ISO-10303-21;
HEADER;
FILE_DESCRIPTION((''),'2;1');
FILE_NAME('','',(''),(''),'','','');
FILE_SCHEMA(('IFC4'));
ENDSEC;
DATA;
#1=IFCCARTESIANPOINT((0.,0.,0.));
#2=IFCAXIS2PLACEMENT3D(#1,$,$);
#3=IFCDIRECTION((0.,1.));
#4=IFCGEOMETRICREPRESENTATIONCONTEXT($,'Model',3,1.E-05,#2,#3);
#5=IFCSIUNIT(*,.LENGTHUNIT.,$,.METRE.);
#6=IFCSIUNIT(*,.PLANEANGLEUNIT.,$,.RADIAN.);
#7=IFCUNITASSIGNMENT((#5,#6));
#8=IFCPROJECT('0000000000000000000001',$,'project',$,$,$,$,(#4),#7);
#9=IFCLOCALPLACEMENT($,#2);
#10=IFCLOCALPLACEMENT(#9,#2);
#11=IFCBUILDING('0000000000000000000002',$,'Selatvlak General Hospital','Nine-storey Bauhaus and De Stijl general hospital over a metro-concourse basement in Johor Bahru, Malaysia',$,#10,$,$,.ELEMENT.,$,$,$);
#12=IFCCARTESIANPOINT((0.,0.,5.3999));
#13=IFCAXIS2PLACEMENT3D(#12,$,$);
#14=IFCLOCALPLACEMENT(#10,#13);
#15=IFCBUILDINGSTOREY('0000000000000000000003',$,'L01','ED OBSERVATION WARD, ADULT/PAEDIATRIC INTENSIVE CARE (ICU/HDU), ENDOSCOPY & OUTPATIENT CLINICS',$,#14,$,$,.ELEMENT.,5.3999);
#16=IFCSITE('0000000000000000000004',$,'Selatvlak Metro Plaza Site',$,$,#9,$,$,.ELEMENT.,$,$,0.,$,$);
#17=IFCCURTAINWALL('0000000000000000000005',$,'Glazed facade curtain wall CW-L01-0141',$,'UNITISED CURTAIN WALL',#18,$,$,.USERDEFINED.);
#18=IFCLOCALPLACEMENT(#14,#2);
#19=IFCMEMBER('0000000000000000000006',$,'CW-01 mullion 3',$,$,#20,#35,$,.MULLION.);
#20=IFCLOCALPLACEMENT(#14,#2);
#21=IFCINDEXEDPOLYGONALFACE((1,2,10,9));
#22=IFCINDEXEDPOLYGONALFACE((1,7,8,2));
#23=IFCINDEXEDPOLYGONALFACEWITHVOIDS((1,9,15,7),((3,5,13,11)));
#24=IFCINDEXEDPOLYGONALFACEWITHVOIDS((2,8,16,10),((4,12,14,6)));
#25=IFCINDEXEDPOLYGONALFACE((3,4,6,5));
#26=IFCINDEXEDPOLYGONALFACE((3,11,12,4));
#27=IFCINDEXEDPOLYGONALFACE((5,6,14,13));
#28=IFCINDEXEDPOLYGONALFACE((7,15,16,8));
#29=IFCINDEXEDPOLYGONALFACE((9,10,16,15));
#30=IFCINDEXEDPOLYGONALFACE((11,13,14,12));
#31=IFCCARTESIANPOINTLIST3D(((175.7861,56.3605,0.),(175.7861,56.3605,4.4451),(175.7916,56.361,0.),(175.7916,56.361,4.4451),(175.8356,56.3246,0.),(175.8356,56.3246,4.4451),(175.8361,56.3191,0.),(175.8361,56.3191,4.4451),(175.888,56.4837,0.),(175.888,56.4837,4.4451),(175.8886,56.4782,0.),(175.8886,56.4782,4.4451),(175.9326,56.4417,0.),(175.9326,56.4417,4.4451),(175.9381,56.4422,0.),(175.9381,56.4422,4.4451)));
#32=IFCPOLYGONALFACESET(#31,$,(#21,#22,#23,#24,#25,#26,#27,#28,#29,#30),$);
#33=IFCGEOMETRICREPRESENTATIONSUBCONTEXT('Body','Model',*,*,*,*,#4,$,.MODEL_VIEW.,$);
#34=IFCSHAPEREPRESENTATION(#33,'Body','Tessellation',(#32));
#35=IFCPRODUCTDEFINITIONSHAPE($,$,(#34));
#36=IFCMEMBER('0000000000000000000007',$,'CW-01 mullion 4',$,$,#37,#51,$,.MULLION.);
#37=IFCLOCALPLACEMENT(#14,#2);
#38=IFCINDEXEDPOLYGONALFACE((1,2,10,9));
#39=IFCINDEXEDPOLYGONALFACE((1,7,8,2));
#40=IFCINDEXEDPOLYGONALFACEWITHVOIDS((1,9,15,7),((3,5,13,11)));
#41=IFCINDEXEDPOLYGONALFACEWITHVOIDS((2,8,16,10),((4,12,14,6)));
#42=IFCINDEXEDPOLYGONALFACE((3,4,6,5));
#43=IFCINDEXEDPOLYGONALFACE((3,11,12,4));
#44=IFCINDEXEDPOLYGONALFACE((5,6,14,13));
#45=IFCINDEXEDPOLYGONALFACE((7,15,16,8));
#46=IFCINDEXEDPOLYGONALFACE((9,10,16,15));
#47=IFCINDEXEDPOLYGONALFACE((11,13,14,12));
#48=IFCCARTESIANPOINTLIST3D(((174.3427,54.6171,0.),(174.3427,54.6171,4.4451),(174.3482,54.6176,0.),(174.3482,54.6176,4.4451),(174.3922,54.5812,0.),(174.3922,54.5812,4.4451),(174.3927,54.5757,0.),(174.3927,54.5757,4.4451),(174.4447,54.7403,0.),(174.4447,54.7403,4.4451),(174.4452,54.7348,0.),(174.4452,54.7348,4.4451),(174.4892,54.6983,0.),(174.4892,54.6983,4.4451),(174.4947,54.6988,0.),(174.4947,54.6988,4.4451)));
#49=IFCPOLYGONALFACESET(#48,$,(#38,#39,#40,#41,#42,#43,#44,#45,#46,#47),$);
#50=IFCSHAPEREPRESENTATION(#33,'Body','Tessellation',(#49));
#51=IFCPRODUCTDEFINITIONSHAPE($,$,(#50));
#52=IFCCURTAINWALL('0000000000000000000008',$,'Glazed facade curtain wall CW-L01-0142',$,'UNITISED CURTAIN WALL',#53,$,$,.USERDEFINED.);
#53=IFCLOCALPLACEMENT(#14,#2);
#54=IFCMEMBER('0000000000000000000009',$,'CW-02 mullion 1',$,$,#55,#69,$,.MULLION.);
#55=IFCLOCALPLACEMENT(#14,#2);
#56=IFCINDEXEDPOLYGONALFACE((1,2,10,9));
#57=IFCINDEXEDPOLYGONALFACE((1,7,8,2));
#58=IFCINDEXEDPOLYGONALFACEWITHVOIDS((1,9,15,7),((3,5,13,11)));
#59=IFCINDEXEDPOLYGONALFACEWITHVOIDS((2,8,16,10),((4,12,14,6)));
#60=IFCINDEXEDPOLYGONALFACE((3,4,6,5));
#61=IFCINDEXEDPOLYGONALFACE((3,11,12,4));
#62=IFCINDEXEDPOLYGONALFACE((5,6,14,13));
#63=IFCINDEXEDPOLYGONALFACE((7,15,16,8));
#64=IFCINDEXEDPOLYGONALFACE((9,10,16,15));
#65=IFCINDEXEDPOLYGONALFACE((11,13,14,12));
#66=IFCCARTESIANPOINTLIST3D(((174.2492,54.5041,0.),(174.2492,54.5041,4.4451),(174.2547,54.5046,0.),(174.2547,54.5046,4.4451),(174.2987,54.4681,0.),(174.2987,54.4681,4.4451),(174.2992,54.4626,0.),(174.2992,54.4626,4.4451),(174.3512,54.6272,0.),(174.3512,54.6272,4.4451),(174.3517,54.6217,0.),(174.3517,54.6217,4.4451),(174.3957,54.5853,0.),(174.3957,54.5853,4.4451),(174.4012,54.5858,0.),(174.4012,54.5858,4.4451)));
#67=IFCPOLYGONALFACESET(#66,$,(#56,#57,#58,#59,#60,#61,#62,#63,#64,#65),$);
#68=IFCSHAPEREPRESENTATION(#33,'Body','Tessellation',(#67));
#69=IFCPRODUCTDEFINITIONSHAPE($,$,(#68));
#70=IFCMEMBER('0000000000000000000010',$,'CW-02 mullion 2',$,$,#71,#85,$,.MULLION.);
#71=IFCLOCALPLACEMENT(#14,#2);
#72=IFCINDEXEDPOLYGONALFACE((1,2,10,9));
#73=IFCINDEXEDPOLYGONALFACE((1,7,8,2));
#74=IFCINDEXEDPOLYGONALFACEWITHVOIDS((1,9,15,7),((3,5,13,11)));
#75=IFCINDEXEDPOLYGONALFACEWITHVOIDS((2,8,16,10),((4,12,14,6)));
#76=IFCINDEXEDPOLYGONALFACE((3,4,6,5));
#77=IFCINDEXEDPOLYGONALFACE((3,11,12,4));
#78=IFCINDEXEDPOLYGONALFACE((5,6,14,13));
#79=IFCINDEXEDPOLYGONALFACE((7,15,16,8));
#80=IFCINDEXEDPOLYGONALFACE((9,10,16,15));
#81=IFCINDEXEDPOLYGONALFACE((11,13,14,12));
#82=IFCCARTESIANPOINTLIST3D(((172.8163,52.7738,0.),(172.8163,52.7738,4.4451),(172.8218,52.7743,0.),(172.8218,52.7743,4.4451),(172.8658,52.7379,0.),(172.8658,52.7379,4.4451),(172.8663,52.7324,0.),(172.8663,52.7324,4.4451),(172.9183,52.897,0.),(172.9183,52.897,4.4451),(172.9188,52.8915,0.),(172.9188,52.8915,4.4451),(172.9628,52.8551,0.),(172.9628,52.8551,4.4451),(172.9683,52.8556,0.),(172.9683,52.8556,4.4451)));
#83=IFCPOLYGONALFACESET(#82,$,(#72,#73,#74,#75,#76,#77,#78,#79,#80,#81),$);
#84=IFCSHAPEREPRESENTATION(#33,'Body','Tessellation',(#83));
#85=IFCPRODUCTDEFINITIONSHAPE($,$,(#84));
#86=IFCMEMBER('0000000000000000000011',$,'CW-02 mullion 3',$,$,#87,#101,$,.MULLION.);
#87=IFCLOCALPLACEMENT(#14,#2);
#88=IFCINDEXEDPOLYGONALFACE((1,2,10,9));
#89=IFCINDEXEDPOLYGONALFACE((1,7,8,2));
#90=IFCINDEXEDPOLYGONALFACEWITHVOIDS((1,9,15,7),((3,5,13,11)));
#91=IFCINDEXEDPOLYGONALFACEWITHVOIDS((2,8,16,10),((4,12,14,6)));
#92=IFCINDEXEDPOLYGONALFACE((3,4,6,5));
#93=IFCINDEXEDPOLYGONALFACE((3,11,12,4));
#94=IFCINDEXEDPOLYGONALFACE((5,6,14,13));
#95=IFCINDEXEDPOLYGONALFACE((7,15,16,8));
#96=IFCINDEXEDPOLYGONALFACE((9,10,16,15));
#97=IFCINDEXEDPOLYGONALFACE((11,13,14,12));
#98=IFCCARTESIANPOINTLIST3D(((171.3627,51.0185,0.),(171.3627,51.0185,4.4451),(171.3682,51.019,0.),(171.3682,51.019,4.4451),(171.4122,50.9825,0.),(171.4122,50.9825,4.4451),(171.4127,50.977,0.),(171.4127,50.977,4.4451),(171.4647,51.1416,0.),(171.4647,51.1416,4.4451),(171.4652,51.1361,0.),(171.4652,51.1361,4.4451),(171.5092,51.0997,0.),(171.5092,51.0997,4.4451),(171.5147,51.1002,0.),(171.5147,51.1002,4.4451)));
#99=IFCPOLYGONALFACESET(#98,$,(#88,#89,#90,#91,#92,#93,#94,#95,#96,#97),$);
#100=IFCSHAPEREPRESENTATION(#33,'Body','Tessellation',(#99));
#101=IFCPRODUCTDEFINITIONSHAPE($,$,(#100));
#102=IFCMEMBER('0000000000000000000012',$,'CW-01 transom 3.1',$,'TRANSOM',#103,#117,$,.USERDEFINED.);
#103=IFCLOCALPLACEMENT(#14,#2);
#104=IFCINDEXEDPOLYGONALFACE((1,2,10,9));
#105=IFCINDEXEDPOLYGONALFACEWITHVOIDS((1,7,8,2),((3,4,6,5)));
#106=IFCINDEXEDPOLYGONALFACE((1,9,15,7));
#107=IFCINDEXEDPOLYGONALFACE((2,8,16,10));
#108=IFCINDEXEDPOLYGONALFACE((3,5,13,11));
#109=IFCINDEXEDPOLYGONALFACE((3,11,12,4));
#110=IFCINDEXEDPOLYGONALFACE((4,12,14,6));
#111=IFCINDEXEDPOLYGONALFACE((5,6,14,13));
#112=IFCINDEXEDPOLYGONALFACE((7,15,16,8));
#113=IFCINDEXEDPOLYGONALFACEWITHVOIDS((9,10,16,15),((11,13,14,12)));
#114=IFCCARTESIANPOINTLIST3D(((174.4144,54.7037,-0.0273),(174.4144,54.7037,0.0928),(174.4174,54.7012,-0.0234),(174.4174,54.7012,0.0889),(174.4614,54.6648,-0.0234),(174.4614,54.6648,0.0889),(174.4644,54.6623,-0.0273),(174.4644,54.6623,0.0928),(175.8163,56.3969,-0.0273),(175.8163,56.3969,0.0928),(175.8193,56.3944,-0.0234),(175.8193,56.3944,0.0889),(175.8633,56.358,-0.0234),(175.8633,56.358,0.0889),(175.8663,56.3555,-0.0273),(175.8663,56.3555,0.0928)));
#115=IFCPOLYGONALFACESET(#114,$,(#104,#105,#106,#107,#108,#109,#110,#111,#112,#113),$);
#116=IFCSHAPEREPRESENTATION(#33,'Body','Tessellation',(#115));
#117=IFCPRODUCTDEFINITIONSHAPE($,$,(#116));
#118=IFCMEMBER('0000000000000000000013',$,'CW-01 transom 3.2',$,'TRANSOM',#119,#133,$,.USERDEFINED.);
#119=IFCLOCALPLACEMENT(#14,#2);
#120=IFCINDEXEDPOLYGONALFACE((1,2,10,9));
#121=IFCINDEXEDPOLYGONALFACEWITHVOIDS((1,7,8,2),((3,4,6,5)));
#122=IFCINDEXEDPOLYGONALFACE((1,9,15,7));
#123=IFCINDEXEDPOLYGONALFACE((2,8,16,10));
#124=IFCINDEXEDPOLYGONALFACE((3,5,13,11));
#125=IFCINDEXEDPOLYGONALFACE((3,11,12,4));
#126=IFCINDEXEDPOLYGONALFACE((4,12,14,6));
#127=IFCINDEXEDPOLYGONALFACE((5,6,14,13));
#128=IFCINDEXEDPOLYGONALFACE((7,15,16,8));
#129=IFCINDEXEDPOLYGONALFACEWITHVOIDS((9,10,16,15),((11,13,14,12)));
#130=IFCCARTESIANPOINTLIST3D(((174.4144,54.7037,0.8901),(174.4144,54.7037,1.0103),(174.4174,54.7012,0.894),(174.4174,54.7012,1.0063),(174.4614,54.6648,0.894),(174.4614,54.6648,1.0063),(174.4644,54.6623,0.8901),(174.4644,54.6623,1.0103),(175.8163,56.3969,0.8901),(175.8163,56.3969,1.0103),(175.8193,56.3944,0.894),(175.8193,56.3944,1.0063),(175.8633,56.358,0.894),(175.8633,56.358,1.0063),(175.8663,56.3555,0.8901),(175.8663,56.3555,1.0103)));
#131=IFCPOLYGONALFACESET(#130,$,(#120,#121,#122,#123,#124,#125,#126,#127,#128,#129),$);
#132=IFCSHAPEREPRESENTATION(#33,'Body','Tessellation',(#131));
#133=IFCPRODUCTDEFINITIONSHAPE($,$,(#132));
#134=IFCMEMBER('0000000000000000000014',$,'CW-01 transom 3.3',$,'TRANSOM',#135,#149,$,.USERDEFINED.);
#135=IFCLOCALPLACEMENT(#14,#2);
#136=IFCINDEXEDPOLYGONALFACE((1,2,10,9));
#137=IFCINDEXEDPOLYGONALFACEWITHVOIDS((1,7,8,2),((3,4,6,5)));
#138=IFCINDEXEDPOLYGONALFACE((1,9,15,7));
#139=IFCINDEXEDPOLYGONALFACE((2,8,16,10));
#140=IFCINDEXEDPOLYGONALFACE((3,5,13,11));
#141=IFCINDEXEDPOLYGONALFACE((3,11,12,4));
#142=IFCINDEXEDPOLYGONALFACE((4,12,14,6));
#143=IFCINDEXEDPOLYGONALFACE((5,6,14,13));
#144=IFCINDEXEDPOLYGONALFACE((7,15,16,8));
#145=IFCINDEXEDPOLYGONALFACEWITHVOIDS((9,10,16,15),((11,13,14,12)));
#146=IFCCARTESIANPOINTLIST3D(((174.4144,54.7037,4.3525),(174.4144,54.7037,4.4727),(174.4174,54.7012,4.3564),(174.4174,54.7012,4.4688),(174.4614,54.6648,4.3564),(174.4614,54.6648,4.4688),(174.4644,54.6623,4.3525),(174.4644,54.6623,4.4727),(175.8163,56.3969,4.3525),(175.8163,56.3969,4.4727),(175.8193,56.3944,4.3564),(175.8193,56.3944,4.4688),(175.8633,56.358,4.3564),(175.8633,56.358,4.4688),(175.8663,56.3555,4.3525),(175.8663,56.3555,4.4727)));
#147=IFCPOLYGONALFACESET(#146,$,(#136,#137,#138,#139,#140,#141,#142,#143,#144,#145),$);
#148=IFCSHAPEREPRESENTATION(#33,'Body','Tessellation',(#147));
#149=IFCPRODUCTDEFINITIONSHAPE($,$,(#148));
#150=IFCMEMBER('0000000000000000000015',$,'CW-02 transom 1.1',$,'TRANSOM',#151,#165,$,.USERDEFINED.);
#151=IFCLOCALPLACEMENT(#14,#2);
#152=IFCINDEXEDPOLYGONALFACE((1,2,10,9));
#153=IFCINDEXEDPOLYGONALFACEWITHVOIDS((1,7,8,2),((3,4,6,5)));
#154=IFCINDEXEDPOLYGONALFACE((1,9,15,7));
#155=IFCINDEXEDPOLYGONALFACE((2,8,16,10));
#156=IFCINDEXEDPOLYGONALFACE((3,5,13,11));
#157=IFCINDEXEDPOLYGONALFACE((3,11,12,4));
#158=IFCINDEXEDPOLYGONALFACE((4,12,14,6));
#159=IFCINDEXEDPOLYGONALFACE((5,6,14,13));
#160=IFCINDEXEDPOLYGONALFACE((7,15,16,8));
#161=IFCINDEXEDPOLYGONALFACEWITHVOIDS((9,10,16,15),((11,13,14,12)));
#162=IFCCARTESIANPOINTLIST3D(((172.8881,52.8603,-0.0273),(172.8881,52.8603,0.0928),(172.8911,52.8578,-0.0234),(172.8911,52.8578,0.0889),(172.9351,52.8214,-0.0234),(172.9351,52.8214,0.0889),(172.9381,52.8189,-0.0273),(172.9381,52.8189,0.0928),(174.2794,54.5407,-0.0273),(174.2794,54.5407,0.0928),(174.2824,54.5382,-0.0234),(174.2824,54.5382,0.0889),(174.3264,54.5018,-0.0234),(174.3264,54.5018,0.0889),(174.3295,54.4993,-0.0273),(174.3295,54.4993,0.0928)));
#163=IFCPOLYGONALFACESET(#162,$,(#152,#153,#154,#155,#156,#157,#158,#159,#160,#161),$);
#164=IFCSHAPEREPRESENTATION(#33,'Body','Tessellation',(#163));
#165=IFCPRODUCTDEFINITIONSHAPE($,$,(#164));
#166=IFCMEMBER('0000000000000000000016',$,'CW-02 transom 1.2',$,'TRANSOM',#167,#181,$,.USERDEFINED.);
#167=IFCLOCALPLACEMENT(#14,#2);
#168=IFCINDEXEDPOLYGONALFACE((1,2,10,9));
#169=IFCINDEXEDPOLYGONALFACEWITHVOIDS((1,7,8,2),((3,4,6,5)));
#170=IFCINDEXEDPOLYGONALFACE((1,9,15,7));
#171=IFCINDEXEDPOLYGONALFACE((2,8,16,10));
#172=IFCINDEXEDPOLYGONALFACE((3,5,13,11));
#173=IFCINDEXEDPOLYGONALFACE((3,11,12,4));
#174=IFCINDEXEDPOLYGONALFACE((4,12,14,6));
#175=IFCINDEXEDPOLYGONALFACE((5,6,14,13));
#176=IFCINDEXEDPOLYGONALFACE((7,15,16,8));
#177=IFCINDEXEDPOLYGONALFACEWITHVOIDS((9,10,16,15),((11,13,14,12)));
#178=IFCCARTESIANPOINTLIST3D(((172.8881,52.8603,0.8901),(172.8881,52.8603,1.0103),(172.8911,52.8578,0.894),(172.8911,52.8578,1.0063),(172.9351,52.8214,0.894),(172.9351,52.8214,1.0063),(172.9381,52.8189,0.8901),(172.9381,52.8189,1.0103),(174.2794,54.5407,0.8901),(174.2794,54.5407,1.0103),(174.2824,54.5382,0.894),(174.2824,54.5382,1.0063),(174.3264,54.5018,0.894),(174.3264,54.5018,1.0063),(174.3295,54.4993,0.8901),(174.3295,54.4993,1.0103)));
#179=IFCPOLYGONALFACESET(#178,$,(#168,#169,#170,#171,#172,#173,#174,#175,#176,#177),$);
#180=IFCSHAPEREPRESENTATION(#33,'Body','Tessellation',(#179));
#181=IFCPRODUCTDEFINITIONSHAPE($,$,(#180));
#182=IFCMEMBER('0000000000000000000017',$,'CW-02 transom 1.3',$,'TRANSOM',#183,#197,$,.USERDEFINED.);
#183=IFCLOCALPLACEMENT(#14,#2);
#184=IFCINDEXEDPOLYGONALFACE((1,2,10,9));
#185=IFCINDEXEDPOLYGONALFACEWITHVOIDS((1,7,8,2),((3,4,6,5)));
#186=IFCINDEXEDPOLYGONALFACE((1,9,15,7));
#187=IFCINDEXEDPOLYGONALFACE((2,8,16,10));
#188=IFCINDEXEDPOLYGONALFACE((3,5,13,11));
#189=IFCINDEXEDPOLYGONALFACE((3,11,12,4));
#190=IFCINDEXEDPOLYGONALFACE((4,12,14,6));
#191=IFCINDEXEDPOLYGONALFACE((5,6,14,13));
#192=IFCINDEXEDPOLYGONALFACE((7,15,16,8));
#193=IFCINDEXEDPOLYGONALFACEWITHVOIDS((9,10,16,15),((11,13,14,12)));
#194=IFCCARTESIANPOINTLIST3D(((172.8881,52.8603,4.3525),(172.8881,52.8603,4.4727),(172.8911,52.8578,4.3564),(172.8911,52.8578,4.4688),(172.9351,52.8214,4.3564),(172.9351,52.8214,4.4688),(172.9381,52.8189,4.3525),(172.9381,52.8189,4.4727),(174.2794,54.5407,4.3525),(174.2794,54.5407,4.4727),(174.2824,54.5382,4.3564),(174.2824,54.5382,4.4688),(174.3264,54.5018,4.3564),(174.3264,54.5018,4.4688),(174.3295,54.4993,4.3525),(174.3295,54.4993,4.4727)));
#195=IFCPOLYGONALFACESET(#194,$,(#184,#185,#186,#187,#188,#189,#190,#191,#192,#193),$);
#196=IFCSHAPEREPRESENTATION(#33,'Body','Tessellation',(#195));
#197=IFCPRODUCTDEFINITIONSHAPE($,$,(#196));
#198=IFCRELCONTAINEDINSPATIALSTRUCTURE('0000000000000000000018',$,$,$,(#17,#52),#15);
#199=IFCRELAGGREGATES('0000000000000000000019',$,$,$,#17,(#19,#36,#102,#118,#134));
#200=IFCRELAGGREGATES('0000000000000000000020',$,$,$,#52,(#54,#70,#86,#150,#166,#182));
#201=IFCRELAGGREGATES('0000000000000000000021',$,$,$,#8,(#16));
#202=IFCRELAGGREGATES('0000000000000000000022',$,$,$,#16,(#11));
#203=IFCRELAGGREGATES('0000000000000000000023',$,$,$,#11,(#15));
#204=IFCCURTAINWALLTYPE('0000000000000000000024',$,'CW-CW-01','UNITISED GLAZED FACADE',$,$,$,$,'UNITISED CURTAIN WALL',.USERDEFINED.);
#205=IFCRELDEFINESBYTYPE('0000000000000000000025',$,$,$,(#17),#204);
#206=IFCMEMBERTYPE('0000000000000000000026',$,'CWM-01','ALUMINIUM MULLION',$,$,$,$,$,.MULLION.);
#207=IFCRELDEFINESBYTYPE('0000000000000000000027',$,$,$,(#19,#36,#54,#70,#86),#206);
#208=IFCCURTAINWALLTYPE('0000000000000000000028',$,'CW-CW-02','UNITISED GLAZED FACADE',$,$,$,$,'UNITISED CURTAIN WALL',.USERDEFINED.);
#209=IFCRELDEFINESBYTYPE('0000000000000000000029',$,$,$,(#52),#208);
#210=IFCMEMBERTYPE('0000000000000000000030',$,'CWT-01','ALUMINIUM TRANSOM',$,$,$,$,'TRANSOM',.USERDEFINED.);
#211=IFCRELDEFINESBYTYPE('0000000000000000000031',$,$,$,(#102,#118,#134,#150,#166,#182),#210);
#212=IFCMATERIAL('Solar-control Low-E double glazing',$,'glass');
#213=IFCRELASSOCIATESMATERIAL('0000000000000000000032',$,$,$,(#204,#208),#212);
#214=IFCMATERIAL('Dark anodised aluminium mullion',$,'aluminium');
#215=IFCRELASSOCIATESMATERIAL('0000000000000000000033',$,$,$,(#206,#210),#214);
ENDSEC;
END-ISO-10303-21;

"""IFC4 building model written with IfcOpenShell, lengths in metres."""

from ifc_helpers import new_model, si_unit, direction, frame, origin, origin_2d, place, context, subcontext, project, spatial, hollow_rectangle, extrude, material, material_profile, profile_set, type_object, element, aggregate, save


model = new_model("IFC4")

# Units and contexts
model_context = context("Model", 3, precision=1e-05, world=origin(), true_north=direction((0.0, 1.0)))
body_context = subcontext(model_context, "Body", "Model", "MODEL_VIEW")
ifc_project = project(units=[si_unit("LENGTHUNIT", "METRE"), si_unit("PLANEANGLEUNIT", "RADIAN")], contexts=[model_context])

# Site, building, storey
site_placement = place(None, origin())
site = spatial("IfcSite", under=ifc_project, at=site_placement, Name="Selatvlak Metro Plaza Site", CompositionType="ELEMENT", RefElevation=0.0)
building_placement = place(site_placement, origin())
building = spatial("IfcBuilding", under=site, at=building_placement, Name="Selatvlak General Hospital", Description="Nine-storey Bauhaus and De Stijl general hospital over a metro-concourse basement in Johor Bahru, Malaysia", CompositionType="ELEMENT")
storey_placement = place(building_placement, frame((0.0, 0.0, 5.3999)))
storey = spatial("IfcBuildingStorey", under=building, at=storey_placement, Name="L01", Description="ED OBSERVATION WARD, ADULT/PAEDIATRIC INTENSIVE CARE (ICU/HDU), ENDOSCOPY & OUTPATIENT CLINICS", CompositionType="ELEMENT", Elevation=5.3999)

# Curtain walls, members
ifc_material_1 = material(Name="Solar-control Low-E double glazing", Category="glass")
curtain_wall_type_1 = type_object("IfcCurtainWallType", Name="CW-CW-01", Description="UNITISED GLAZED FACADE", ElementType="UNITISED CURTAIN WALL", PredefinedType="USERDEFINED", material=ifc_material_1)
curtain_wall_1_placement = place(storey_placement, origin())
curtain_wall_1 = element("IfcCurtainWall", 1, at=curtain_wall_1_placement, inside=storey, type_object=curtain_wall_type_1, Name="Glazed facade curtain wall CW-L01-0141", ObjectType="UNITISED CURTAIN WALL", PredefinedType="USERDEFINED")
ifc_material_2 = material(Name="Dark anodised aluminium mullion", Category="aluminium")
ifc_material_profile_1 = material_profile(ifc_material_2, hollow_rectangle(XDim=0.0649, YDim=0.1599, WallThickness=0.0039, at=origin_2d()), Name="AL-MUL 65x160x4")
ifc_profile_set_1 = profile_set([ifc_material_profile_1], Name="Dark anodised aluminium mullion")
member_type_1 = type_object("IfcMemberType", Name="CWM-01", Description="ALUMINIUM MULLION", PredefinedType="MULLION", material=ifc_profile_set_1)
member_1_placement = place(storey_placement, frame((175.8621, 56.4014, 0.0), z_axis=(0.0, 0.0, 1.0), x_axis=(0.770276, -0.63771, 0.0)))
member_1 = element("IfcMember", 2, at=member_1_placement, type_object=member_type_1, Name="CW-01 mullion 3", PredefinedType="MULLION", context=body_context, shape_type="SweptSolid", body=[
    extrude(hollow_rectangle(XDim=0.0649, YDim=0.1599, WallThickness=0.0039, at=origin_2d()), origin(), (0.0, 0.0, 1.0), 4.4451),
])
member_2_placement = place(storey_placement, frame((174.4187, 54.658, 0.0), z_axis=(0.0, 0.0, 1.0), x_axis=(0.770276, -0.63771, 0.0)))
member_2 = element("IfcMember", 3, at=member_2_placement, type_object=member_type_1, Name="CW-01 mullion 4", PredefinedType="MULLION", context=body_context, shape_type="SweptSolid", body=[
    extrude(hollow_rectangle(XDim=0.0649, YDim=0.1599, WallThickness=0.0039, at=origin_2d()), origin(), (0.0, 0.0, 1.0), 4.4451),
])
curtain_wall_type_2 = type_object("IfcCurtainWallType", Name="CW-CW-02", Description="UNITISED GLAZED FACADE", ElementType="UNITISED CURTAIN WALL", PredefinedType="USERDEFINED", material=ifc_material_1)
curtain_wall_2_placement = place(storey_placement, origin())
curtain_wall_2 = element("IfcCurtainWall", 4, at=curtain_wall_2_placement, inside=storey, type_object=curtain_wall_type_2, Name="Glazed facade curtain wall CW-L01-0142", ObjectType="UNITISED CURTAIN WALL", PredefinedType="USERDEFINED")
member_3_placement = place(storey_placement, frame((174.3252, 54.5449, 0.0), z_axis=(0.0, 0.0, 1.0), x_axis=(0.770184, -0.637822, 0.0)))
member_3 = element("IfcMember", 5, at=member_3_placement, type_object=member_type_1, Name="CW-02 mullion 1", PredefinedType="MULLION", context=body_context, shape_type="SweptSolid", body=[
    extrude(hollow_rectangle(XDim=0.0649, YDim=0.1599, WallThickness=0.0039, at=origin_2d()), origin(), (0.0, 0.0, 1.0), 4.4451),
])
member_4_placement = place(storey_placement, frame((172.8923, 52.8147, 0.0), z_axis=(0.0, 0.0, 1.0), x_axis=(0.770184, -0.637822, 0.0)))
member_4 = element("IfcMember", 6, at=member_4_placement, type_object=member_type_1, Name="CW-02 mullion 2", PredefinedType="MULLION", context=body_context, shape_type="SweptSolid", body=[
    extrude(hollow_rectangle(XDim=0.0649, YDim=0.1599, WallThickness=0.0039, at=origin_2d()), origin(), (0.0, 0.0, 1.0), 4.4451),
])
member_5_placement = place(storey_placement, frame((171.4387, 51.0593, 0.0), z_axis=(0.0, 0.0, 1.0), x_axis=(0.770184, -0.637822, 0.0)))
member_5 = element("IfcMember", 7, at=member_5_placement, type_object=member_type_1, Name="CW-02 mullion 3", PredefinedType="MULLION", context=body_context, shape_type="SweptSolid", body=[
    extrude(hollow_rectangle(XDim=0.0649, YDim=0.1599, WallThickness=0.0039, at=origin_2d()), origin(), (0.0, 0.0, 1.0), 4.4451),
])

# Members
ifc_material_profile_2 = material_profile(ifc_material_2, hollow_rectangle(XDim=0.0649, YDim=0.1201, WallThickness=0.0039, at=origin_2d()), Name="AL-TRN 65x120x4")
ifc_profile_set_2 = profile_set([ifc_material_profile_2], Name="Dark anodised aluminium mullion")
member_type_2 = type_object("IfcMemberType", Name="CWT-01", Description="ALUMINIUM TRANSOM", ElementType="TRANSOM", PredefinedType="USERDEFINED", material=ifc_profile_set_2)
member_6_placement = place(storey_placement, frame((175.8413, 56.3762, 0.0327), z_axis=(-0.637745, -0.770248, 0.0), x_axis=(0.770248, -0.637745, 0.0)))
member_6 = element("IfcMember", 8, at=member_6_placement, type_object=member_type_2, Name="CW-01 transom 3.1", ObjectType="TRANSOM", PredefinedType="USERDEFINED", context=body_context, shape_type="SweptSolid", body=[
    extrude(hollow_rectangle(XDim=0.0649, YDim=0.1201, WallThickness=0.0039, at=origin_2d()), origin(), (0.0, 0.0, 1.0), 2.1982),
])
member_7_placement = place(storey_placement, frame((175.8413, 56.3762, 0.9502), z_axis=(-0.637745, -0.770248, 0.0), x_axis=(0.770248, -0.637745, 0.0)))
member_7 = element("IfcMember", 9, at=member_7_placement, type_object=member_type_2, Name="CW-01 transom 3.2", ObjectType="TRANSOM", PredefinedType="USERDEFINED", context=body_context, shape_type="SweptSolid", body=[
    extrude(hollow_rectangle(XDim=0.0649, YDim=0.1201, WallThickness=0.0039, at=origin_2d()), origin(), (0.0, 0.0, 1.0), 2.1982),
])
member_8_placement = place(storey_placement, frame((175.8413, 56.3762, 4.4126), z_axis=(-0.637745, -0.770248, 0.0), x_axis=(0.770248, -0.637745, 0.0)))
member_8 = element("IfcMember", 10, at=member_8_placement, type_object=member_type_2, Name="CW-01 transom 3.3", ObjectType="TRANSOM", PredefinedType="USERDEFINED", context=body_context, shape_type="SweptSolid", body=[
    extrude(hollow_rectangle(XDim=0.0649, YDim=0.1201, WallThickness=0.0039, at=origin_2d()), origin(), (0.0, 0.0, 1.0), 2.1982),
])
member_9_placement = place(storey_placement, frame((174.3044, 54.52, 0.0327), z_axis=(-0.637749, -0.770245, 0.0), x_axis=(0.770245, -0.637749, 0.0)))
member_9 = element("IfcMember", 11, at=member_9_placement, type_object=member_type_2, Name="CW-02 transom 1.1", ObjectType="TRANSOM", PredefinedType="USERDEFINED", context=body_context, shape_type="SweptSolid", body=[
    extrude(hollow_rectangle(XDim=0.0649, YDim=0.1201, WallThickness=0.0039, at=origin_2d()), origin(), (0.0, 0.0, 1.0), 2.1816),
])
member_10_placement = place(storey_placement, frame((174.3044, 54.52, 0.9502), z_axis=(-0.637749, -0.770245, 0.0), x_axis=(0.770245, -0.637749, 0.0)))
member_10 = element("IfcMember", 12, at=member_10_placement, type_object=member_type_2, Name="CW-02 transom 1.2", ObjectType="TRANSOM", PredefinedType="USERDEFINED", context=body_context, shape_type="SweptSolid", body=[
    extrude(hollow_rectangle(XDim=0.0649, YDim=0.1201, WallThickness=0.0039, at=origin_2d()), origin(), (0.0, 0.0, 1.0), 2.1816),
])
member_11_placement = place(storey_placement, frame((174.3044, 54.52, 4.4126), z_axis=(-0.637749, -0.770245, 0.0), x_axis=(0.770245, -0.637749, 0.0)))
member_11 = element("IfcMember", 13, at=member_11_placement, type_object=member_type_2, Name="CW-02 transom 1.3", ObjectType="TRANSOM", PredefinedType="USERDEFINED", context=body_context, shape_type="SweptSolid", body=[
    extrude(hollow_rectangle(XDim=0.0649, YDim=0.1201, WallThickness=0.0039, at=origin_2d()), origin(), (0.0, 0.0, 1.0), 2.1816),
])

aggregate(curtain_wall_1, [member_1, member_2, member_6, member_7, member_8])
aggregate(curtain_wall_2, [member_3, member_4, member_5, member_9, member_10, member_11])

save(model, "model.ifc")
